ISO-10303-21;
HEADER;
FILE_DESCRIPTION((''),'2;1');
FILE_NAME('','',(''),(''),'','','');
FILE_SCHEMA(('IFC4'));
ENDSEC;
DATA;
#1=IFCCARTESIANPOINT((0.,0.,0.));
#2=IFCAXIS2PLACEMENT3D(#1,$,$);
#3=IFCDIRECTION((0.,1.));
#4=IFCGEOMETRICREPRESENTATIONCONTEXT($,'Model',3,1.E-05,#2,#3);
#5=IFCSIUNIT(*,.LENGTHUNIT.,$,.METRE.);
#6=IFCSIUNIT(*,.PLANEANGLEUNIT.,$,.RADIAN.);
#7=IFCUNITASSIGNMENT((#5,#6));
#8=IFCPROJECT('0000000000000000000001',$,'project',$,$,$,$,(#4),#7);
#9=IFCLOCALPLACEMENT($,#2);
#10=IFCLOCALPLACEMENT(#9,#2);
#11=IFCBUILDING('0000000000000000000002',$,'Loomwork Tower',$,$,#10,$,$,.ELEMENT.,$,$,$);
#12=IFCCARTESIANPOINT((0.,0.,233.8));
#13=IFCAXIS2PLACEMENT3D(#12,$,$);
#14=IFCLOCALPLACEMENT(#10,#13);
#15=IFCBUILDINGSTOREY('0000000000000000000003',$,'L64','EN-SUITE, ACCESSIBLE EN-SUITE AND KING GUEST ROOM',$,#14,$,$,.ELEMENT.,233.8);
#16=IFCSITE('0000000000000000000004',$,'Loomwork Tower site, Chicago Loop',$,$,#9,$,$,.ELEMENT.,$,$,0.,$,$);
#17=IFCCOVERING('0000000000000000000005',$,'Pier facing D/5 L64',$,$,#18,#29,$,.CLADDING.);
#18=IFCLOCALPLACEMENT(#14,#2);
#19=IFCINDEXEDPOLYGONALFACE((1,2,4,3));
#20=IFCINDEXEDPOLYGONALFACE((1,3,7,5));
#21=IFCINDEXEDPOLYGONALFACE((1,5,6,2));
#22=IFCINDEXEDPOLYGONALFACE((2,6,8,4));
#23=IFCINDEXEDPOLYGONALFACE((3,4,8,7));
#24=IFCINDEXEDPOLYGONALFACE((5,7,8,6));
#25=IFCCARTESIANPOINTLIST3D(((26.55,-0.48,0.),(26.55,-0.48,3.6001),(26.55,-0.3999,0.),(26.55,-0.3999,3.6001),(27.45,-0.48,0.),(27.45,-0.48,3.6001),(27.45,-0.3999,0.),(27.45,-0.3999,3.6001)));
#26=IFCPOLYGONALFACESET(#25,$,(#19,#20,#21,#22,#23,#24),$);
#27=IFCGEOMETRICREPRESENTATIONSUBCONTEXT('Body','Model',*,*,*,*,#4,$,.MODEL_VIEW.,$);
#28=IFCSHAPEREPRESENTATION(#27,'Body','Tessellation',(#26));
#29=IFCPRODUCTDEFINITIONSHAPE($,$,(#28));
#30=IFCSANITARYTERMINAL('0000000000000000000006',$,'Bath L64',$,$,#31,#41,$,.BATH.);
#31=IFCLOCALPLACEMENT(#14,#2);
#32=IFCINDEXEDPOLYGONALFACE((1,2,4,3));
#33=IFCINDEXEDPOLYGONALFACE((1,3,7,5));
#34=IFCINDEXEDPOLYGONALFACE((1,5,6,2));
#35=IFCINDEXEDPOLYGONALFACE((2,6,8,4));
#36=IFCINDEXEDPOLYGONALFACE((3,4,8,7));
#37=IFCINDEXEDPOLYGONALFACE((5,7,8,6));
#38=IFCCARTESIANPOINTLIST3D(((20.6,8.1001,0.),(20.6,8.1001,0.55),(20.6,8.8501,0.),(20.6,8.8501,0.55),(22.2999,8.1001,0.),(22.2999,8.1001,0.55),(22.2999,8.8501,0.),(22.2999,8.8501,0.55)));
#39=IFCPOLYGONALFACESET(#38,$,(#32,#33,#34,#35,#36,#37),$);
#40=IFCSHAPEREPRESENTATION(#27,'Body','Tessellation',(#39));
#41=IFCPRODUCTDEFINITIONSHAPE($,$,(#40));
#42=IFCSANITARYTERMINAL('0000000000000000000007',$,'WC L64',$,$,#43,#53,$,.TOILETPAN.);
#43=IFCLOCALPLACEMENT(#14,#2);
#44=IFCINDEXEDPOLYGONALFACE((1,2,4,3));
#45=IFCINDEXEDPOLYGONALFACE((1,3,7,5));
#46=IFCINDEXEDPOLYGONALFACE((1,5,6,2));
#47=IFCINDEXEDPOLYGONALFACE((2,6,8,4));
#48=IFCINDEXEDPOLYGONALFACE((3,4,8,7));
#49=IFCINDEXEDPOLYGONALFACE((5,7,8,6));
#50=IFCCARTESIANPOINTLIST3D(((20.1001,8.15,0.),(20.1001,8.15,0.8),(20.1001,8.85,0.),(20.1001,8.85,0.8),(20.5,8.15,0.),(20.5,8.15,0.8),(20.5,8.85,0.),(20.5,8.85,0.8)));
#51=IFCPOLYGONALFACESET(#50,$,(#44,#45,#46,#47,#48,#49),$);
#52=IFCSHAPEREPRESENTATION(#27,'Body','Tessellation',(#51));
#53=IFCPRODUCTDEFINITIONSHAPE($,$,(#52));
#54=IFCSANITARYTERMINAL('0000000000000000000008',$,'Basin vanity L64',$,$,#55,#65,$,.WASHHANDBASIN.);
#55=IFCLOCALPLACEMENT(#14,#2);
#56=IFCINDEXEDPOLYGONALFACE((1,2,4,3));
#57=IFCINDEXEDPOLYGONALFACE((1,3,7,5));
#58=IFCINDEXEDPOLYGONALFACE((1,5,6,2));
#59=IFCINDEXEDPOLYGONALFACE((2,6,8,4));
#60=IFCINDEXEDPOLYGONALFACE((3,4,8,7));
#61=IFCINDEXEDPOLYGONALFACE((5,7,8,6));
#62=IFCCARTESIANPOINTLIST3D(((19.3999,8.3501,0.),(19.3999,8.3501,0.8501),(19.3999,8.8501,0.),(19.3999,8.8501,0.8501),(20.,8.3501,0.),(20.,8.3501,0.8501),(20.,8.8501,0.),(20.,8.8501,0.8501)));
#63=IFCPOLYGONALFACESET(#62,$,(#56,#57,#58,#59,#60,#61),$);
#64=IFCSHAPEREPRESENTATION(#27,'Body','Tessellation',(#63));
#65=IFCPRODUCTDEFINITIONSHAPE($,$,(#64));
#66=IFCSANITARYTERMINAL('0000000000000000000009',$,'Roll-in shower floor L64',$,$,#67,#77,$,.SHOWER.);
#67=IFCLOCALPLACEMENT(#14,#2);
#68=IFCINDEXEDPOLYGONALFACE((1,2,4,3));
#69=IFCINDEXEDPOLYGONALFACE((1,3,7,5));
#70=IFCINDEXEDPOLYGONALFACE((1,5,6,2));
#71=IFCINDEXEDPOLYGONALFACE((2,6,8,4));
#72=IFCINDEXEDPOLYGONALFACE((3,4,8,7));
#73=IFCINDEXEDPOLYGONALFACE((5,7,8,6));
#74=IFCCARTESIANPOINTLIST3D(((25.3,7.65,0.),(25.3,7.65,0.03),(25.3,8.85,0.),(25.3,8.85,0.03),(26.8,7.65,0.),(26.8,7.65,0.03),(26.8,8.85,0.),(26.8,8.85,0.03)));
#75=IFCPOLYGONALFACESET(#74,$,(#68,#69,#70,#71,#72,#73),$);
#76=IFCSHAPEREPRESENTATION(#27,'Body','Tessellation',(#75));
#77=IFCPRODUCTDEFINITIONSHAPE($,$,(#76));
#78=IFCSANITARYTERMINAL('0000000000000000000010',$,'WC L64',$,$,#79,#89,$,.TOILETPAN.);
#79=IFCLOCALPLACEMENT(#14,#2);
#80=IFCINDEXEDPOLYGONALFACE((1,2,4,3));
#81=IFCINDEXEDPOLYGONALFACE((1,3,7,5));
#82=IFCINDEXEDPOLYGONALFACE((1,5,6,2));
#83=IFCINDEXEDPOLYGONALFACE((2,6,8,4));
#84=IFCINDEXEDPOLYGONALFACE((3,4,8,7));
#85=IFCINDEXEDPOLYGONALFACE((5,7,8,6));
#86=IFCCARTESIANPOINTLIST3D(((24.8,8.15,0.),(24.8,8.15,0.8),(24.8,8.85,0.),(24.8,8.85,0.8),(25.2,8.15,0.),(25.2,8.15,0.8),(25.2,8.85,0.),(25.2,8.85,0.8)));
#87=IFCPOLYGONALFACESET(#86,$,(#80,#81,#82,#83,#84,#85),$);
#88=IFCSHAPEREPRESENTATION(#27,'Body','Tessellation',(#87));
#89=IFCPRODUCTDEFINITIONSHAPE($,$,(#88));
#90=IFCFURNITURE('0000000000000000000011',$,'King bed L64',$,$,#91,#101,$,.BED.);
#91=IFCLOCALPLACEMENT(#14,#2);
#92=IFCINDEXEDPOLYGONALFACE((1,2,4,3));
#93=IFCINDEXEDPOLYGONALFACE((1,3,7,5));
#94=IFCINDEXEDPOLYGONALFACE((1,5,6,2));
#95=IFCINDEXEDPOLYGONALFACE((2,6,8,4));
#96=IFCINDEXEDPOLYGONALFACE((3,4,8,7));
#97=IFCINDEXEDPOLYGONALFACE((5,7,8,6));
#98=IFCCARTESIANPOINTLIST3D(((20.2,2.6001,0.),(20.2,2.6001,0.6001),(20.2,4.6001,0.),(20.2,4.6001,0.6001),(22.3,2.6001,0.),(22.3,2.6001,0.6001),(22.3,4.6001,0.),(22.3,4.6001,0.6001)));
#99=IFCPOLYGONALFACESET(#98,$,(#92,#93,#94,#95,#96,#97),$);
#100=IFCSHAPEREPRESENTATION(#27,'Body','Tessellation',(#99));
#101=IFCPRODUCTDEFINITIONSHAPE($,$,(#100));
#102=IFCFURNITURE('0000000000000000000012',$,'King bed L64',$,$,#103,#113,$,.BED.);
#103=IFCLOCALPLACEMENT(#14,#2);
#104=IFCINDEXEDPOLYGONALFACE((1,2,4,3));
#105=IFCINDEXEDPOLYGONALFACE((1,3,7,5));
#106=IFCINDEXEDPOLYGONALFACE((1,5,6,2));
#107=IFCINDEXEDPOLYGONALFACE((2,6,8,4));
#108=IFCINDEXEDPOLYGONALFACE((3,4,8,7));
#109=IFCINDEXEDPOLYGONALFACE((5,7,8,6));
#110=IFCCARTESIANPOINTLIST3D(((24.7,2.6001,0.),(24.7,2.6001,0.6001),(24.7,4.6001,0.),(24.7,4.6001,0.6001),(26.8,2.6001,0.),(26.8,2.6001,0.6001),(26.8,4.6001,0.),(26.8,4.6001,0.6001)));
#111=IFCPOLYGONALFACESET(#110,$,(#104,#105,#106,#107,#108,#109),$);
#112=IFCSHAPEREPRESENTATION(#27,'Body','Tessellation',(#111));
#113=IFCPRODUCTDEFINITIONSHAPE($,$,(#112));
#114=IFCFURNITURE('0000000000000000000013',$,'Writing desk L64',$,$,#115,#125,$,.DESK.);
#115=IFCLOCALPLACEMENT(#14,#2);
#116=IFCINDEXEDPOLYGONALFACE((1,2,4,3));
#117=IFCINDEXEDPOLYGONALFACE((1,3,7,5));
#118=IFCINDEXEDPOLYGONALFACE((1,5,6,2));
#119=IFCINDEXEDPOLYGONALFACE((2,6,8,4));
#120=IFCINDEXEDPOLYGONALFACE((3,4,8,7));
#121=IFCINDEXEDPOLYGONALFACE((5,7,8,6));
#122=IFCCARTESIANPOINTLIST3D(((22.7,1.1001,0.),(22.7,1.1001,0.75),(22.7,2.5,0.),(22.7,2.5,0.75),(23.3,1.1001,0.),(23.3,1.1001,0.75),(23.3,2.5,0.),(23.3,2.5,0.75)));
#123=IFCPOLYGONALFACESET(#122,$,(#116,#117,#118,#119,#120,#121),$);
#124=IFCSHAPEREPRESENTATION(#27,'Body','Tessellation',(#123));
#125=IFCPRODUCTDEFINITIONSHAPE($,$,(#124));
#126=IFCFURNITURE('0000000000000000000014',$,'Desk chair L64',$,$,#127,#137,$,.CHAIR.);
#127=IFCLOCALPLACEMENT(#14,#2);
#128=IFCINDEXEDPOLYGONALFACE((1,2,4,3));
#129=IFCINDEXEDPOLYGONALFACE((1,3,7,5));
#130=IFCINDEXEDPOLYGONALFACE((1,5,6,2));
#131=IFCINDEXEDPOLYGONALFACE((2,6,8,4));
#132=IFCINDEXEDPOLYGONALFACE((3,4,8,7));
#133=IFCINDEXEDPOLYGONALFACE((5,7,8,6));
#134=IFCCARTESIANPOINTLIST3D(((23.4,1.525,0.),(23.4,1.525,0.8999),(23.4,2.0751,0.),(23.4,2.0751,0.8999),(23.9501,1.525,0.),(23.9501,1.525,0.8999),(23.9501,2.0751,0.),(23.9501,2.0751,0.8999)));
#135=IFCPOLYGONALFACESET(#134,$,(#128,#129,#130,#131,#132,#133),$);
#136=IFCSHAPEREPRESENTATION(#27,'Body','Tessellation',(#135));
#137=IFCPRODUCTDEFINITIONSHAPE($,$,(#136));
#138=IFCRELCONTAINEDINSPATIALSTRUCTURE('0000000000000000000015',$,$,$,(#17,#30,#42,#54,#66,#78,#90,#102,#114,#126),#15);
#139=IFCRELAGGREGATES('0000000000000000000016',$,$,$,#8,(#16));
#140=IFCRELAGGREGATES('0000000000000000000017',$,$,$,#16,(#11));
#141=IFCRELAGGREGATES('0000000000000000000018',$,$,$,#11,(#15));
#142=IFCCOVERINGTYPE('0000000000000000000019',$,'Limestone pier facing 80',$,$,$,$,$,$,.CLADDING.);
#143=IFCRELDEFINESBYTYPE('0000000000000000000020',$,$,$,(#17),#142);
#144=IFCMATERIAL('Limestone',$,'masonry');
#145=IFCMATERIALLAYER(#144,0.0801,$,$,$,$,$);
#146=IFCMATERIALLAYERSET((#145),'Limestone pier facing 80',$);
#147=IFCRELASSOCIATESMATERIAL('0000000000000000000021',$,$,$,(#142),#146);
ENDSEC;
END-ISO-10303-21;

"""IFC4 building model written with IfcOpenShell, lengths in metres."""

from ifc_helpers import new_model, si_unit, direction, frame, origin, origin_2d, place, context, subcontext, project, spatial, rectangle, extrude, material, layer, layer_set, type_object, element, save


model = new_model("IFC4")

# Units and contexts
model_context = context("Model", 3, precision=1e-05, world=origin(), true_north=direction((0.0, 1.0)))
body_context = subcontext(model_context, "Body", "Model", "MODEL_VIEW")
ifc_project = project(units=[si_unit("LENGTHUNIT", "METRE"), si_unit("PLANEANGLEUNIT", "RADIAN")], contexts=[model_context])

# Site, building, storey
site_placement = place(None, origin())
site = spatial("IfcSite", under=ifc_project, at=site_placement, Name="Loomwork Tower site, Chicago Loop", CompositionType="ELEMENT", RefElevation=0.0)
building_placement = place(site_placement, origin())
building = spatial("IfcBuilding", under=site, at=building_placement, Name="Loomwork Tower", CompositionType="ELEMENT")
storey_placement = place(building_placement, frame((0.0, 0.0, 233.8)))
storey = spatial("IfcBuildingStorey", under=building, at=storey_placement, Name="L64", Description="EN-SUITE, ACCESSIBLE EN-SUITE AND KING GUEST ROOM", CompositionType="ELEMENT", Elevation=233.8)

# Covering
ifc_material_1 = material(Name="Limestone", Category="masonry")
ifc_layer_1 = layer(ifc_material_1, 0.0801)
ifc_layer_set_1 = layer_set([ifc_layer_1], Name="Limestone pier facing 80")
covering_type = type_object("IfcCoveringType", Name="Limestone pier facing 80", PredefinedType="CLADDING", material=ifc_layer_set_1)
covering_placement = place(storey_placement, frame((27.0, -0.4399, 0.0), z_axis=(0.0, 0.0, 1.0), x_axis=(1.0, 0.0, 0.0)))
element("IfcCovering", 1, at=covering_placement, inside=storey, type_object=covering_type, Name="Pier facing D/5 L64", PredefinedType="CLADDING", context=body_context, shape_type="SweptSolid", body=[
    extrude(rectangle(XDim=0.8999, YDim=0.0801, at=origin_2d()), origin(), (0.0, 0.0, 1.0), 3.6001),
])

# Sanitary terminals
sanitary_terminal_1_placement = place(storey_placement, frame((21.45, 8.4751, 0.0), z_axis=(0.0, 0.0, 1.0), x_axis=(1.0, 0.0, 0.0)))
element("IfcSanitaryTerminal", 2, at=sanitary_terminal_1_placement, inside=storey, Name="Bath L64", PredefinedType="BATH", context=body_context, shape_type="SweptSolid", body=[
    extrude(rectangle(XDim=1.7, YDim=0.75, at=origin_2d()), origin(), (0.0, 0.0, 1.0), 0.55),
])
sanitary_terminal_2_placement = place(storey_placement, frame((20.3, 8.5, 0.0), z_axis=(0.0, 0.0, 1.0), x_axis=(1.0, 0.0, 0.0)))
element("IfcSanitaryTerminal", 3, at=sanitary_terminal_2_placement, inside=storey, Name="WC L64", PredefinedType="TOILETPAN", context=body_context, shape_type="SweptSolid", body=[
    extrude(rectangle(XDim=0.3999, YDim=0.7, at=origin_2d()), origin(), (0.0, 0.0, 1.0), 0.8),
])
sanitary_terminal_3_placement = place(storey_placement, frame((19.7, 8.6001, 0.0), z_axis=(0.0, 0.0, 1.0), x_axis=(1.0, 0.0, 0.0)))
element("IfcSanitaryTerminal", 4, at=sanitary_terminal_3_placement, inside=storey, Name="Basin vanity L64", PredefinedType="WASHHANDBASIN", context=body_context, shape_type="SweptSolid", body=[
    extrude(rectangle(XDim=0.6001, YDim=0.5, at=origin_2d()), origin(), (0.0, 0.0, 1.0), 0.8501),
])
sanitary_terminal_4_placement = place(storey_placement, frame((26.05, 8.25, 0.0), z_axis=(0.0, 0.0, 1.0), x_axis=(1.0, 0.0, 0.0)))
element("IfcSanitaryTerminal", 5, at=sanitary_terminal_4_placement, inside=storey, Name="Roll-in shower floor L64", PredefinedType="SHOWER", context=body_context, shape_type="SweptSolid", body=[
    extrude(rectangle(XDim=1.5, YDim=1.2, at=origin_2d()), origin(), (0.0, 0.0, 1.0), 0.03),
])
sanitary_terminal_5_placement = place(storey_placement, frame((25.0, 8.5, 0.0), z_axis=(0.0, 0.0, 1.0), x_axis=(1.0, 0.0, 0.0)))
element("IfcSanitaryTerminal", 6, at=sanitary_terminal_5_placement, inside=storey, Name="WC L64", PredefinedType="TOILETPAN", context=body_context, shape_type="SweptSolid", body=[
    extrude(rectangle(XDim=0.3999, YDim=0.7, at=origin_2d()), origin(), (0.0, 0.0, 1.0), 0.8),
])

# Furniture
for number, where, z_axis, x_axis, name in (
    (7, (21.25, 3.6001, 0.0), (0.0, 0.0, 1.0), (1.0, 0.0, 0.0), "King bed L64"),
    (8, (25.75, 3.6001, 0.0), (0.0, 0.0, 1.0), (1.0, 0.0, 0.0), "King bed L64"),
):
    element("IfcFurniture", number, at=place(storey_placement, frame(where, z_axis=z_axis, x_axis=x_axis)), inside=storey, Name=name, PredefinedType="BED", context=body_context, shape_type="SweptSolid", body=[
        extrude(rectangle(XDim=2.1001, YDim=2.0, at=origin_2d()), origin(), (0.0, 0.0, 1.0), 0.6001),
    ])
furniture_1_placement = place(storey_placement, frame((23.0, 1.8, 0.0), z_axis=(0.0, 0.0, 1.0), x_axis=(1.0, 0.0, 0.0)))
element("IfcFurniture", 9, at=furniture_1_placement, inside=storey, Name="Writing desk L64", PredefinedType="DESK", context=body_context, shape_type="SweptSolid", body=[
    extrude(rectangle(XDim=0.6001, YDim=1.3999, at=origin_2d()), origin(), (0.0, 0.0, 1.0), 0.75),
])
furniture_2_placement = place(storey_placement, frame((23.675, 1.8, 0.0), z_axis=(0.0, 0.0, 1.0), x_axis=(1.0, 0.0, 0.0)))
element("IfcFurniture", 10, at=furniture_2_placement, inside=storey, Name="Desk chair L64", PredefinedType="CHAIR", context=body_context, shape_type="SweptSolid", body=[
    extrude(rectangle(XDim=0.55, YDim=0.55, at=origin_2d()), origin(), (0.0, 0.0, 1.0), 0.8999),
])

save(model, "model.ifc")
